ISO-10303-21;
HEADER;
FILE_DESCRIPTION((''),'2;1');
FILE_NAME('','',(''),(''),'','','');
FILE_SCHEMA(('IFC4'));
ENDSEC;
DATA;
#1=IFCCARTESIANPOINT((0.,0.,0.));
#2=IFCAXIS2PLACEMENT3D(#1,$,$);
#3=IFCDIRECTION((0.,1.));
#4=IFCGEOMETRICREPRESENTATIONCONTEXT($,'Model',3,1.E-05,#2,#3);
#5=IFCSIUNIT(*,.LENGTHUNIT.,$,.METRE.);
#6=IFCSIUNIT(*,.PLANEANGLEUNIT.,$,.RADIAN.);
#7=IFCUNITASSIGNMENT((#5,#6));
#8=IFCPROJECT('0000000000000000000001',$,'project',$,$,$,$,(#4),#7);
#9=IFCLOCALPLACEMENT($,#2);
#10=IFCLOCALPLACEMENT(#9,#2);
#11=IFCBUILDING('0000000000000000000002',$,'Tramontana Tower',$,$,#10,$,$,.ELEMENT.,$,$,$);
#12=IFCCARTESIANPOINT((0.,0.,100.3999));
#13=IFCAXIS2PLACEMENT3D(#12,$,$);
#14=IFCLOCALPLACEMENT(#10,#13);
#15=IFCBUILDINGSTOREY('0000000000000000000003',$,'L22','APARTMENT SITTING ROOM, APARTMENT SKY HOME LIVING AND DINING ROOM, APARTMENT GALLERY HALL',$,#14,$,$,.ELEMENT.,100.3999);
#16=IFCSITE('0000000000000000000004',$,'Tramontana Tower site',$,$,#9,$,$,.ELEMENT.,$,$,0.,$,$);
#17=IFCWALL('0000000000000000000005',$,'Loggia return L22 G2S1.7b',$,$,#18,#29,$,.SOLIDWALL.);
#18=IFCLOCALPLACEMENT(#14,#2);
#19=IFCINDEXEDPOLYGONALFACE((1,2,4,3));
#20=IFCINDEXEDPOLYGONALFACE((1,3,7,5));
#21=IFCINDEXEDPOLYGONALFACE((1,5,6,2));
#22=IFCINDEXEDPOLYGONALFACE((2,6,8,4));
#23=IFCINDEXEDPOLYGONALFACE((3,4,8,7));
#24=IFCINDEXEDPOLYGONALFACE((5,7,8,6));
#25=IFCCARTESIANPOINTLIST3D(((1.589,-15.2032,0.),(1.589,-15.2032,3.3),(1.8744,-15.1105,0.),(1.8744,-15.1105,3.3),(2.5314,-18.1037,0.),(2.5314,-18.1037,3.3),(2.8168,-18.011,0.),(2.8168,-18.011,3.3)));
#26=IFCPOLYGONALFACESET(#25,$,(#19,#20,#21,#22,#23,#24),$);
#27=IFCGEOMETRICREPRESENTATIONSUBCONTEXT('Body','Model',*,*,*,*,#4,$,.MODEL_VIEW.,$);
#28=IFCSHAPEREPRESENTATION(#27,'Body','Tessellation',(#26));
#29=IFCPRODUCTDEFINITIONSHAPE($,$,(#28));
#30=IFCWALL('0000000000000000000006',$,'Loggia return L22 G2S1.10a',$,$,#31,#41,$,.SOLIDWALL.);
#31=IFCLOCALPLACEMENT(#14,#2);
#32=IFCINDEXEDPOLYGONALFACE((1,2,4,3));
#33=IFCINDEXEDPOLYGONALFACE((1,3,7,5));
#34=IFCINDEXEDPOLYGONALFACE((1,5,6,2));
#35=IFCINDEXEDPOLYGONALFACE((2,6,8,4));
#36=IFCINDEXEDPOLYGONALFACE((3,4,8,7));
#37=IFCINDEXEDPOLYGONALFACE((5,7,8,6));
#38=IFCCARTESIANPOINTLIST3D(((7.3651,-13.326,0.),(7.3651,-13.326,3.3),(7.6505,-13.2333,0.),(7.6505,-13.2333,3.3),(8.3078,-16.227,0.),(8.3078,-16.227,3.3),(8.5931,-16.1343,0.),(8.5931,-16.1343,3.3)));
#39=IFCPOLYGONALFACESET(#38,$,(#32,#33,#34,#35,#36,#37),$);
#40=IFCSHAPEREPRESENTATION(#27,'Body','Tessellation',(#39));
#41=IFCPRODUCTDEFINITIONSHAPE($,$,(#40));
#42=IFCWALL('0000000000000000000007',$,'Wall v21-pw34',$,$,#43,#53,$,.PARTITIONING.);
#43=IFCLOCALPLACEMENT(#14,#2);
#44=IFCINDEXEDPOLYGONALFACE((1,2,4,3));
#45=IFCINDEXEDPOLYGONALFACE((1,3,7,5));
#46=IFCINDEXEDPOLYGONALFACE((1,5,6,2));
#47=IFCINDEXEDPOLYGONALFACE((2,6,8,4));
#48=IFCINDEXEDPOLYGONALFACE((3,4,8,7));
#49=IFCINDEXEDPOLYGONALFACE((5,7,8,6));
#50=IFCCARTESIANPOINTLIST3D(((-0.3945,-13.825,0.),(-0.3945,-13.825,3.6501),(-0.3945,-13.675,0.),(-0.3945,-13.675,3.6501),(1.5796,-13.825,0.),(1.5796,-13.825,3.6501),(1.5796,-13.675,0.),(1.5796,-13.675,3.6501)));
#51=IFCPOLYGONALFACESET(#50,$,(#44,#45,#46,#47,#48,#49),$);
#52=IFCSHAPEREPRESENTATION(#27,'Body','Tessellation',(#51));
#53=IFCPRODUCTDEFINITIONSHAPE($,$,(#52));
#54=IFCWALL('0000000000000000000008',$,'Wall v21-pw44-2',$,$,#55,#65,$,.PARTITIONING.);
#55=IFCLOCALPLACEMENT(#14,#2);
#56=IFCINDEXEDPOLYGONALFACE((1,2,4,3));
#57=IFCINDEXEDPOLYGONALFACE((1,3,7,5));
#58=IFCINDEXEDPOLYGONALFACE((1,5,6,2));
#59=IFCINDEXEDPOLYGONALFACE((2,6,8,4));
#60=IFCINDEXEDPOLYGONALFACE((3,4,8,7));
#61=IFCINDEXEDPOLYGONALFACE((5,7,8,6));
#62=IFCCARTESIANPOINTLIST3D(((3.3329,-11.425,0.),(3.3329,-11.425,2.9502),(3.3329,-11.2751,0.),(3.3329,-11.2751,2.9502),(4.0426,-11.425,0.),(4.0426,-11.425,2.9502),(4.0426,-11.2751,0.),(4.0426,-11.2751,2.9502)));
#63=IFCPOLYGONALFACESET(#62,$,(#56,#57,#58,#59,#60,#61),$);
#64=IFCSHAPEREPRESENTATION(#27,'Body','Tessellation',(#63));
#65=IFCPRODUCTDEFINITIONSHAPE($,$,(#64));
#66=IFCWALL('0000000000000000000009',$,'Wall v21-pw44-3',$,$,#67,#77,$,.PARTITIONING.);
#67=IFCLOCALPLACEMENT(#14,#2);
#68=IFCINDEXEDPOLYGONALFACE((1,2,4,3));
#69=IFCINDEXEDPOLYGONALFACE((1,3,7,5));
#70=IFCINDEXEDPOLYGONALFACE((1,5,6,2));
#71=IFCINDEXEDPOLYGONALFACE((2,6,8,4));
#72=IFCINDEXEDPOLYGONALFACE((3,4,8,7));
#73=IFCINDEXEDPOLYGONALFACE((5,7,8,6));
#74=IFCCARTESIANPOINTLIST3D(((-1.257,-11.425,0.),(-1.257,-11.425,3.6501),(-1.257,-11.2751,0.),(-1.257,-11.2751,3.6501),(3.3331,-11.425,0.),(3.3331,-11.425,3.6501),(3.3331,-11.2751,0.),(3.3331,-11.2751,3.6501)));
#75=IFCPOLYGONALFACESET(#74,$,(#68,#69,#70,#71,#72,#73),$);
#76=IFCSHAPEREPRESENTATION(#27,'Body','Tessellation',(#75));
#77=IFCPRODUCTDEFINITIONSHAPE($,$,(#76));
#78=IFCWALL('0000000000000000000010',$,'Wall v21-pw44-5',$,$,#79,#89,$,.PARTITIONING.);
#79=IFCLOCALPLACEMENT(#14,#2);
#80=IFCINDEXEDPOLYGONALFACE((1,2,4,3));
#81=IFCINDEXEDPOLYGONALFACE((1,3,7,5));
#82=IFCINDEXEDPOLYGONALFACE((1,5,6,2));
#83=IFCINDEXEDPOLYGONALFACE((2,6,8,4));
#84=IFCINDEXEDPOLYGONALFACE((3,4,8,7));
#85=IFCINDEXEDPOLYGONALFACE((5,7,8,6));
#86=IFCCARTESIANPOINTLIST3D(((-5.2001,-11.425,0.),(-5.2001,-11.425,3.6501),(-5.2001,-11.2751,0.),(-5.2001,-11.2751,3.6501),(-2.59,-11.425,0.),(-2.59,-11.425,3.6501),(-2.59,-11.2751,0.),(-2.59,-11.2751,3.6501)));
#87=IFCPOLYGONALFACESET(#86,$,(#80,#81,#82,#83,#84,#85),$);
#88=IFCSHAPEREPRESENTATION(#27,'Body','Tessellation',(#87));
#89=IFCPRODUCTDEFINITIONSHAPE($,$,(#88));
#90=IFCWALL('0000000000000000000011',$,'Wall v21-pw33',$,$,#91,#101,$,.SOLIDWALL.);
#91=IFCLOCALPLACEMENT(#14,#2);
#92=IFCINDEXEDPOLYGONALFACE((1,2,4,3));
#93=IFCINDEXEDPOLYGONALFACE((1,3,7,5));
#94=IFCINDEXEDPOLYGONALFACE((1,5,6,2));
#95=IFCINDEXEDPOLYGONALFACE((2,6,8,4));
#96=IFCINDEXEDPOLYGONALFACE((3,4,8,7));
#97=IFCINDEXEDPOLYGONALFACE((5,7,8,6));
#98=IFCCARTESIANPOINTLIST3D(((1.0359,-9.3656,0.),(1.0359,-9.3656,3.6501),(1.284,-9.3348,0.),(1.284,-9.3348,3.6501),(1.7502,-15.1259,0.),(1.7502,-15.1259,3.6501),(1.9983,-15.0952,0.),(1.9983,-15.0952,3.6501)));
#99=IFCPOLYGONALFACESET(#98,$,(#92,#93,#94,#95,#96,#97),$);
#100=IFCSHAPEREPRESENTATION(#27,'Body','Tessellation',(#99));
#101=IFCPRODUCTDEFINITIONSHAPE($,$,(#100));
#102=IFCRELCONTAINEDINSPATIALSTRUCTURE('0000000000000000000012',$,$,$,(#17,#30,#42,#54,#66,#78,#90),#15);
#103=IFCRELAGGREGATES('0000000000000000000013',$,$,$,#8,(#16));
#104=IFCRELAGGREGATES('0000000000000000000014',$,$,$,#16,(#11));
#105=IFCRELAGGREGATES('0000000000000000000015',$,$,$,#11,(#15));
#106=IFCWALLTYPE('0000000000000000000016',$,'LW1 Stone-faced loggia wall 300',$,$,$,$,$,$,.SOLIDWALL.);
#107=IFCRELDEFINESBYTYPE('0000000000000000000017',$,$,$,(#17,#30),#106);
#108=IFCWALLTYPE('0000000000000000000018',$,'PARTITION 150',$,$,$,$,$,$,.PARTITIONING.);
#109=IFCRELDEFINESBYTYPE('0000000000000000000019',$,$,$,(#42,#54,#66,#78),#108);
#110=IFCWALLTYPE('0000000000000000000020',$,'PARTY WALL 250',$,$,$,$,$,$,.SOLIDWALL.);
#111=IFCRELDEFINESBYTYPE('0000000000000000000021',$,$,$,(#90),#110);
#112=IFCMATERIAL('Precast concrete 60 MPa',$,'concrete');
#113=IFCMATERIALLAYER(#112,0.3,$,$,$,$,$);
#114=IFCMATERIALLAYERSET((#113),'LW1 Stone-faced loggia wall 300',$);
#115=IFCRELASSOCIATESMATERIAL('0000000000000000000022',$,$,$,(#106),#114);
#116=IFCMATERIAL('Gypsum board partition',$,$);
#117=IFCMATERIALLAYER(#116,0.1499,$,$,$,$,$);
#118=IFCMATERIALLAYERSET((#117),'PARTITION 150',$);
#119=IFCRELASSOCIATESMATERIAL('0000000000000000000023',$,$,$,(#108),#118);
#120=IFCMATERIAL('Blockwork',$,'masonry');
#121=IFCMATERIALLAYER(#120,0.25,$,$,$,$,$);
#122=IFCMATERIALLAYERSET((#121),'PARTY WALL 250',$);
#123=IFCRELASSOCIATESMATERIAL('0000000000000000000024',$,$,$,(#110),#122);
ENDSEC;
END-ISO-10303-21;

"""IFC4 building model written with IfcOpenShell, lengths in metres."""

from ifc_helpers import new_model, si_unit, direction, frame, frame_2d, origin, place, context, subcontext, project, spatial, rectangle, extrude, material, layer, layer_set, type_object, element, save


model = new_model("IFC4")

# Units and contexts
model_context = context("Model", 3, precision=1e-05, world=origin(), true_north=direction((0.0, 1.0)))
body_context = subcontext(model_context, "Body", "Model", "MODEL_VIEW")
ifc_project = project(units=[si_unit("LENGTHUNIT", "METRE"), si_unit("PLANEANGLEUNIT", "RADIAN")], contexts=[model_context])

# Site, building, storey
site_placement = place(None, origin())
site = spatial("IfcSite", under=ifc_project, at=site_placement, Name="Tramontana Tower site", CompositionType="ELEMENT", RefElevation=0.0)
building_placement = place(site_placement, origin())
building = spatial("IfcBuilding", under=site, at=building_placement, Name="Tramontana Tower", CompositionType="ELEMENT")
storey_placement = place(building_placement, frame((0.0, 0.0, 100.3999)))
storey = spatial("IfcBuildingStorey", under=building, at=storey_placement, Name="L22", Description="APARTMENT SITTING ROOM, APARTMENT SKY HOME LIVING AND DINING ROOM, APARTMENT GALLERY HALL", CompositionType="ELEMENT", Elevation=100.3999)

# Shared definitions
ifc_material_1 = material(Name="Precast concrete 60 MPa", Category="concrete")
ifc_layer_1 = layer(ifc_material_1, 0.3)
ifc_layer_set_1 = layer_set([ifc_layer_1], Name="LW1 Stone-faced loggia wall 300")
wall_type_1 = type_object("IfcWallType", Name="LW1 Stone-faced loggia wall 300", PredefinedType="SOLIDWALL", material=ifc_layer_set_1)

# Wall
wall_1_placement = place(storey_placement, frame((2.6741, -18.0574, 0.0), z_axis=(0.0, 0.0, 1.0), x_axis=(-0.30899, 0.951065, 0.0)))
element("IfcWall", 1, at=wall_1_placement, inside=storey, type_object=wall_type_1, Name="Loggia return L22 G2S1.7b", PredefinedType="SOLIDWALL", context=body_context, shape_type="SweptSolid", body=[
    extrude(rectangle(XDim=3.0498, YDim=0.3, at=frame_2d((1.5249, 0.0))), origin(), (0.0, 0.0, 1.0), 3.3),
])

# Wall
wall_2_placement = place(storey_placement, frame((8.4504, -16.1807, 0.0), z_axis=(0.0, 0.0, 1.0), x_axis=(-0.309039, 0.951049, 0.0)))
element("IfcWall", 2, at=wall_2_placement, inside=storey, type_object=wall_type_1, Name="Loggia return L22 G2S1.10a", PredefinedType="SOLIDWALL", context=body_context, shape_type="SweptSolid", body=[
    extrude(rectangle(XDim=3.0503, YDim=0.3, at=frame_2d((1.5251, 0.0))), origin(), (0.0, 0.0, 1.0), 3.3),
])

# Shared definitions
ifc_material_2 = material(Name="Gypsum board partition")
ifc_layer_2 = layer(ifc_material_2, 0.1499)
ifc_layer_set_2 = layer_set([ifc_layer_2], Name="PARTITION 150")
wall_type_2 = type_object("IfcWallType", Name="PARTITION 150", PredefinedType="PARTITIONING", material=ifc_layer_set_2)

# Walls
wall_3_placement = place(storey_placement, frame((1.5796, -13.75, 0.0), z_axis=(0.0, 0.0, 1.0), x_axis=(-1.0, 0.0, 0.0)))
element("IfcWall", 3, at=wall_3_placement, inside=storey, type_object=wall_type_2, Name="Wall v21-pw34", PredefinedType="PARTITIONING", context=body_context, shape_type="SweptSolid", body=[
    extrude(rectangle(XDim=1.9741, YDim=0.1499, at=frame_2d((0.9871, 0.0))), origin(), (0.0, 0.0, 1.0), 3.6501),
])
wall_4_placement = place(storey_placement, frame((4.0427, -11.3501, 0.0), z_axis=(0.0, 0.0, 1.0), x_axis=(-1.0, 0.0, 0.0)))
element("IfcWall", 4, at=wall_4_placement, inside=storey, type_object=wall_type_2, Name="Wall v21-pw44-2", PredefinedType="PARTITIONING", context=body_context, shape_type="SweptSolid", body=[
    extrude(rectangle(XDim=0.7097, YDim=0.1499, at=frame_2d((0.355, 0.0))), origin(), (0.0, 0.0, 1.0), 2.9502),
])
wall_5_placement = place(storey_placement, frame((3.333, -11.3501, 0.0), z_axis=(0.0, 0.0, 1.0), x_axis=(-1.0, 0.0, 0.0)))
element("IfcWall", 5, at=wall_5_placement, inside=storey, type_object=wall_type_2, Name="Wall v21-pw44-3", PredefinedType="PARTITIONING", context=body_context, shape_type="SweptSolid", body=[
    extrude(rectangle(XDim=4.5901, YDim=0.1499, at=frame_2d((2.2949, 0.0))), origin(), (0.0, 0.0, 1.0), 3.6501),
])

# Walls
wall_6_placement = place(storey_placement, frame((-2.5898, -11.3501, 0.0), z_axis=(0.0, 0.0, 1.0), x_axis=(-1.0, 0.0, 0.0)))
element("IfcWall", 6, at=wall_6_placement, inside=storey, type_object=wall_type_2, Name="Wall v21-pw44-5", PredefinedType="PARTITIONING", context=body_context, shape_type="SweptSolid", body=[
    extrude(rectangle(XDim=2.6101, YDim=0.1499, at=frame_2d((1.3052, 0.0))), origin(), (0.0, 0.0, 1.0), 3.6501),
])
ifc_material_3 = material(Name="Blockwork", Category="masonry")
ifc_layer_3 = layer(ifc_material_3, 0.25)
ifc_layer_set_3 = layer_set([ifc_layer_3], Name="PARTY WALL 250")
wall_type_3 = type_object("IfcWallType", Name="PARTY WALL 250", PredefinedType="SOLIDWALL", material=ifc_layer_set_3)
wall_7_placement = place(storey_placement, frame((1.1599, -9.3501, 0.0), z_axis=(0.0, 0.0, 1.0), x_axis=(0.123072, -0.992398, 0.0)))
element("IfcWall", 7, at=wall_7_placement, inside=storey, type_object=wall_type_3, Name="Wall v21-pw33", PredefinedType="SOLIDWALL", context=body_context, shape_type="SweptSolid", body=[
    extrude(rectangle(XDim=5.8044, YDim=0.25, at=frame_2d((2.9023, 0.0))), origin(), (0.0, 0.0, 1.0), 3.6501),
])

save(model, "model.ifc")
